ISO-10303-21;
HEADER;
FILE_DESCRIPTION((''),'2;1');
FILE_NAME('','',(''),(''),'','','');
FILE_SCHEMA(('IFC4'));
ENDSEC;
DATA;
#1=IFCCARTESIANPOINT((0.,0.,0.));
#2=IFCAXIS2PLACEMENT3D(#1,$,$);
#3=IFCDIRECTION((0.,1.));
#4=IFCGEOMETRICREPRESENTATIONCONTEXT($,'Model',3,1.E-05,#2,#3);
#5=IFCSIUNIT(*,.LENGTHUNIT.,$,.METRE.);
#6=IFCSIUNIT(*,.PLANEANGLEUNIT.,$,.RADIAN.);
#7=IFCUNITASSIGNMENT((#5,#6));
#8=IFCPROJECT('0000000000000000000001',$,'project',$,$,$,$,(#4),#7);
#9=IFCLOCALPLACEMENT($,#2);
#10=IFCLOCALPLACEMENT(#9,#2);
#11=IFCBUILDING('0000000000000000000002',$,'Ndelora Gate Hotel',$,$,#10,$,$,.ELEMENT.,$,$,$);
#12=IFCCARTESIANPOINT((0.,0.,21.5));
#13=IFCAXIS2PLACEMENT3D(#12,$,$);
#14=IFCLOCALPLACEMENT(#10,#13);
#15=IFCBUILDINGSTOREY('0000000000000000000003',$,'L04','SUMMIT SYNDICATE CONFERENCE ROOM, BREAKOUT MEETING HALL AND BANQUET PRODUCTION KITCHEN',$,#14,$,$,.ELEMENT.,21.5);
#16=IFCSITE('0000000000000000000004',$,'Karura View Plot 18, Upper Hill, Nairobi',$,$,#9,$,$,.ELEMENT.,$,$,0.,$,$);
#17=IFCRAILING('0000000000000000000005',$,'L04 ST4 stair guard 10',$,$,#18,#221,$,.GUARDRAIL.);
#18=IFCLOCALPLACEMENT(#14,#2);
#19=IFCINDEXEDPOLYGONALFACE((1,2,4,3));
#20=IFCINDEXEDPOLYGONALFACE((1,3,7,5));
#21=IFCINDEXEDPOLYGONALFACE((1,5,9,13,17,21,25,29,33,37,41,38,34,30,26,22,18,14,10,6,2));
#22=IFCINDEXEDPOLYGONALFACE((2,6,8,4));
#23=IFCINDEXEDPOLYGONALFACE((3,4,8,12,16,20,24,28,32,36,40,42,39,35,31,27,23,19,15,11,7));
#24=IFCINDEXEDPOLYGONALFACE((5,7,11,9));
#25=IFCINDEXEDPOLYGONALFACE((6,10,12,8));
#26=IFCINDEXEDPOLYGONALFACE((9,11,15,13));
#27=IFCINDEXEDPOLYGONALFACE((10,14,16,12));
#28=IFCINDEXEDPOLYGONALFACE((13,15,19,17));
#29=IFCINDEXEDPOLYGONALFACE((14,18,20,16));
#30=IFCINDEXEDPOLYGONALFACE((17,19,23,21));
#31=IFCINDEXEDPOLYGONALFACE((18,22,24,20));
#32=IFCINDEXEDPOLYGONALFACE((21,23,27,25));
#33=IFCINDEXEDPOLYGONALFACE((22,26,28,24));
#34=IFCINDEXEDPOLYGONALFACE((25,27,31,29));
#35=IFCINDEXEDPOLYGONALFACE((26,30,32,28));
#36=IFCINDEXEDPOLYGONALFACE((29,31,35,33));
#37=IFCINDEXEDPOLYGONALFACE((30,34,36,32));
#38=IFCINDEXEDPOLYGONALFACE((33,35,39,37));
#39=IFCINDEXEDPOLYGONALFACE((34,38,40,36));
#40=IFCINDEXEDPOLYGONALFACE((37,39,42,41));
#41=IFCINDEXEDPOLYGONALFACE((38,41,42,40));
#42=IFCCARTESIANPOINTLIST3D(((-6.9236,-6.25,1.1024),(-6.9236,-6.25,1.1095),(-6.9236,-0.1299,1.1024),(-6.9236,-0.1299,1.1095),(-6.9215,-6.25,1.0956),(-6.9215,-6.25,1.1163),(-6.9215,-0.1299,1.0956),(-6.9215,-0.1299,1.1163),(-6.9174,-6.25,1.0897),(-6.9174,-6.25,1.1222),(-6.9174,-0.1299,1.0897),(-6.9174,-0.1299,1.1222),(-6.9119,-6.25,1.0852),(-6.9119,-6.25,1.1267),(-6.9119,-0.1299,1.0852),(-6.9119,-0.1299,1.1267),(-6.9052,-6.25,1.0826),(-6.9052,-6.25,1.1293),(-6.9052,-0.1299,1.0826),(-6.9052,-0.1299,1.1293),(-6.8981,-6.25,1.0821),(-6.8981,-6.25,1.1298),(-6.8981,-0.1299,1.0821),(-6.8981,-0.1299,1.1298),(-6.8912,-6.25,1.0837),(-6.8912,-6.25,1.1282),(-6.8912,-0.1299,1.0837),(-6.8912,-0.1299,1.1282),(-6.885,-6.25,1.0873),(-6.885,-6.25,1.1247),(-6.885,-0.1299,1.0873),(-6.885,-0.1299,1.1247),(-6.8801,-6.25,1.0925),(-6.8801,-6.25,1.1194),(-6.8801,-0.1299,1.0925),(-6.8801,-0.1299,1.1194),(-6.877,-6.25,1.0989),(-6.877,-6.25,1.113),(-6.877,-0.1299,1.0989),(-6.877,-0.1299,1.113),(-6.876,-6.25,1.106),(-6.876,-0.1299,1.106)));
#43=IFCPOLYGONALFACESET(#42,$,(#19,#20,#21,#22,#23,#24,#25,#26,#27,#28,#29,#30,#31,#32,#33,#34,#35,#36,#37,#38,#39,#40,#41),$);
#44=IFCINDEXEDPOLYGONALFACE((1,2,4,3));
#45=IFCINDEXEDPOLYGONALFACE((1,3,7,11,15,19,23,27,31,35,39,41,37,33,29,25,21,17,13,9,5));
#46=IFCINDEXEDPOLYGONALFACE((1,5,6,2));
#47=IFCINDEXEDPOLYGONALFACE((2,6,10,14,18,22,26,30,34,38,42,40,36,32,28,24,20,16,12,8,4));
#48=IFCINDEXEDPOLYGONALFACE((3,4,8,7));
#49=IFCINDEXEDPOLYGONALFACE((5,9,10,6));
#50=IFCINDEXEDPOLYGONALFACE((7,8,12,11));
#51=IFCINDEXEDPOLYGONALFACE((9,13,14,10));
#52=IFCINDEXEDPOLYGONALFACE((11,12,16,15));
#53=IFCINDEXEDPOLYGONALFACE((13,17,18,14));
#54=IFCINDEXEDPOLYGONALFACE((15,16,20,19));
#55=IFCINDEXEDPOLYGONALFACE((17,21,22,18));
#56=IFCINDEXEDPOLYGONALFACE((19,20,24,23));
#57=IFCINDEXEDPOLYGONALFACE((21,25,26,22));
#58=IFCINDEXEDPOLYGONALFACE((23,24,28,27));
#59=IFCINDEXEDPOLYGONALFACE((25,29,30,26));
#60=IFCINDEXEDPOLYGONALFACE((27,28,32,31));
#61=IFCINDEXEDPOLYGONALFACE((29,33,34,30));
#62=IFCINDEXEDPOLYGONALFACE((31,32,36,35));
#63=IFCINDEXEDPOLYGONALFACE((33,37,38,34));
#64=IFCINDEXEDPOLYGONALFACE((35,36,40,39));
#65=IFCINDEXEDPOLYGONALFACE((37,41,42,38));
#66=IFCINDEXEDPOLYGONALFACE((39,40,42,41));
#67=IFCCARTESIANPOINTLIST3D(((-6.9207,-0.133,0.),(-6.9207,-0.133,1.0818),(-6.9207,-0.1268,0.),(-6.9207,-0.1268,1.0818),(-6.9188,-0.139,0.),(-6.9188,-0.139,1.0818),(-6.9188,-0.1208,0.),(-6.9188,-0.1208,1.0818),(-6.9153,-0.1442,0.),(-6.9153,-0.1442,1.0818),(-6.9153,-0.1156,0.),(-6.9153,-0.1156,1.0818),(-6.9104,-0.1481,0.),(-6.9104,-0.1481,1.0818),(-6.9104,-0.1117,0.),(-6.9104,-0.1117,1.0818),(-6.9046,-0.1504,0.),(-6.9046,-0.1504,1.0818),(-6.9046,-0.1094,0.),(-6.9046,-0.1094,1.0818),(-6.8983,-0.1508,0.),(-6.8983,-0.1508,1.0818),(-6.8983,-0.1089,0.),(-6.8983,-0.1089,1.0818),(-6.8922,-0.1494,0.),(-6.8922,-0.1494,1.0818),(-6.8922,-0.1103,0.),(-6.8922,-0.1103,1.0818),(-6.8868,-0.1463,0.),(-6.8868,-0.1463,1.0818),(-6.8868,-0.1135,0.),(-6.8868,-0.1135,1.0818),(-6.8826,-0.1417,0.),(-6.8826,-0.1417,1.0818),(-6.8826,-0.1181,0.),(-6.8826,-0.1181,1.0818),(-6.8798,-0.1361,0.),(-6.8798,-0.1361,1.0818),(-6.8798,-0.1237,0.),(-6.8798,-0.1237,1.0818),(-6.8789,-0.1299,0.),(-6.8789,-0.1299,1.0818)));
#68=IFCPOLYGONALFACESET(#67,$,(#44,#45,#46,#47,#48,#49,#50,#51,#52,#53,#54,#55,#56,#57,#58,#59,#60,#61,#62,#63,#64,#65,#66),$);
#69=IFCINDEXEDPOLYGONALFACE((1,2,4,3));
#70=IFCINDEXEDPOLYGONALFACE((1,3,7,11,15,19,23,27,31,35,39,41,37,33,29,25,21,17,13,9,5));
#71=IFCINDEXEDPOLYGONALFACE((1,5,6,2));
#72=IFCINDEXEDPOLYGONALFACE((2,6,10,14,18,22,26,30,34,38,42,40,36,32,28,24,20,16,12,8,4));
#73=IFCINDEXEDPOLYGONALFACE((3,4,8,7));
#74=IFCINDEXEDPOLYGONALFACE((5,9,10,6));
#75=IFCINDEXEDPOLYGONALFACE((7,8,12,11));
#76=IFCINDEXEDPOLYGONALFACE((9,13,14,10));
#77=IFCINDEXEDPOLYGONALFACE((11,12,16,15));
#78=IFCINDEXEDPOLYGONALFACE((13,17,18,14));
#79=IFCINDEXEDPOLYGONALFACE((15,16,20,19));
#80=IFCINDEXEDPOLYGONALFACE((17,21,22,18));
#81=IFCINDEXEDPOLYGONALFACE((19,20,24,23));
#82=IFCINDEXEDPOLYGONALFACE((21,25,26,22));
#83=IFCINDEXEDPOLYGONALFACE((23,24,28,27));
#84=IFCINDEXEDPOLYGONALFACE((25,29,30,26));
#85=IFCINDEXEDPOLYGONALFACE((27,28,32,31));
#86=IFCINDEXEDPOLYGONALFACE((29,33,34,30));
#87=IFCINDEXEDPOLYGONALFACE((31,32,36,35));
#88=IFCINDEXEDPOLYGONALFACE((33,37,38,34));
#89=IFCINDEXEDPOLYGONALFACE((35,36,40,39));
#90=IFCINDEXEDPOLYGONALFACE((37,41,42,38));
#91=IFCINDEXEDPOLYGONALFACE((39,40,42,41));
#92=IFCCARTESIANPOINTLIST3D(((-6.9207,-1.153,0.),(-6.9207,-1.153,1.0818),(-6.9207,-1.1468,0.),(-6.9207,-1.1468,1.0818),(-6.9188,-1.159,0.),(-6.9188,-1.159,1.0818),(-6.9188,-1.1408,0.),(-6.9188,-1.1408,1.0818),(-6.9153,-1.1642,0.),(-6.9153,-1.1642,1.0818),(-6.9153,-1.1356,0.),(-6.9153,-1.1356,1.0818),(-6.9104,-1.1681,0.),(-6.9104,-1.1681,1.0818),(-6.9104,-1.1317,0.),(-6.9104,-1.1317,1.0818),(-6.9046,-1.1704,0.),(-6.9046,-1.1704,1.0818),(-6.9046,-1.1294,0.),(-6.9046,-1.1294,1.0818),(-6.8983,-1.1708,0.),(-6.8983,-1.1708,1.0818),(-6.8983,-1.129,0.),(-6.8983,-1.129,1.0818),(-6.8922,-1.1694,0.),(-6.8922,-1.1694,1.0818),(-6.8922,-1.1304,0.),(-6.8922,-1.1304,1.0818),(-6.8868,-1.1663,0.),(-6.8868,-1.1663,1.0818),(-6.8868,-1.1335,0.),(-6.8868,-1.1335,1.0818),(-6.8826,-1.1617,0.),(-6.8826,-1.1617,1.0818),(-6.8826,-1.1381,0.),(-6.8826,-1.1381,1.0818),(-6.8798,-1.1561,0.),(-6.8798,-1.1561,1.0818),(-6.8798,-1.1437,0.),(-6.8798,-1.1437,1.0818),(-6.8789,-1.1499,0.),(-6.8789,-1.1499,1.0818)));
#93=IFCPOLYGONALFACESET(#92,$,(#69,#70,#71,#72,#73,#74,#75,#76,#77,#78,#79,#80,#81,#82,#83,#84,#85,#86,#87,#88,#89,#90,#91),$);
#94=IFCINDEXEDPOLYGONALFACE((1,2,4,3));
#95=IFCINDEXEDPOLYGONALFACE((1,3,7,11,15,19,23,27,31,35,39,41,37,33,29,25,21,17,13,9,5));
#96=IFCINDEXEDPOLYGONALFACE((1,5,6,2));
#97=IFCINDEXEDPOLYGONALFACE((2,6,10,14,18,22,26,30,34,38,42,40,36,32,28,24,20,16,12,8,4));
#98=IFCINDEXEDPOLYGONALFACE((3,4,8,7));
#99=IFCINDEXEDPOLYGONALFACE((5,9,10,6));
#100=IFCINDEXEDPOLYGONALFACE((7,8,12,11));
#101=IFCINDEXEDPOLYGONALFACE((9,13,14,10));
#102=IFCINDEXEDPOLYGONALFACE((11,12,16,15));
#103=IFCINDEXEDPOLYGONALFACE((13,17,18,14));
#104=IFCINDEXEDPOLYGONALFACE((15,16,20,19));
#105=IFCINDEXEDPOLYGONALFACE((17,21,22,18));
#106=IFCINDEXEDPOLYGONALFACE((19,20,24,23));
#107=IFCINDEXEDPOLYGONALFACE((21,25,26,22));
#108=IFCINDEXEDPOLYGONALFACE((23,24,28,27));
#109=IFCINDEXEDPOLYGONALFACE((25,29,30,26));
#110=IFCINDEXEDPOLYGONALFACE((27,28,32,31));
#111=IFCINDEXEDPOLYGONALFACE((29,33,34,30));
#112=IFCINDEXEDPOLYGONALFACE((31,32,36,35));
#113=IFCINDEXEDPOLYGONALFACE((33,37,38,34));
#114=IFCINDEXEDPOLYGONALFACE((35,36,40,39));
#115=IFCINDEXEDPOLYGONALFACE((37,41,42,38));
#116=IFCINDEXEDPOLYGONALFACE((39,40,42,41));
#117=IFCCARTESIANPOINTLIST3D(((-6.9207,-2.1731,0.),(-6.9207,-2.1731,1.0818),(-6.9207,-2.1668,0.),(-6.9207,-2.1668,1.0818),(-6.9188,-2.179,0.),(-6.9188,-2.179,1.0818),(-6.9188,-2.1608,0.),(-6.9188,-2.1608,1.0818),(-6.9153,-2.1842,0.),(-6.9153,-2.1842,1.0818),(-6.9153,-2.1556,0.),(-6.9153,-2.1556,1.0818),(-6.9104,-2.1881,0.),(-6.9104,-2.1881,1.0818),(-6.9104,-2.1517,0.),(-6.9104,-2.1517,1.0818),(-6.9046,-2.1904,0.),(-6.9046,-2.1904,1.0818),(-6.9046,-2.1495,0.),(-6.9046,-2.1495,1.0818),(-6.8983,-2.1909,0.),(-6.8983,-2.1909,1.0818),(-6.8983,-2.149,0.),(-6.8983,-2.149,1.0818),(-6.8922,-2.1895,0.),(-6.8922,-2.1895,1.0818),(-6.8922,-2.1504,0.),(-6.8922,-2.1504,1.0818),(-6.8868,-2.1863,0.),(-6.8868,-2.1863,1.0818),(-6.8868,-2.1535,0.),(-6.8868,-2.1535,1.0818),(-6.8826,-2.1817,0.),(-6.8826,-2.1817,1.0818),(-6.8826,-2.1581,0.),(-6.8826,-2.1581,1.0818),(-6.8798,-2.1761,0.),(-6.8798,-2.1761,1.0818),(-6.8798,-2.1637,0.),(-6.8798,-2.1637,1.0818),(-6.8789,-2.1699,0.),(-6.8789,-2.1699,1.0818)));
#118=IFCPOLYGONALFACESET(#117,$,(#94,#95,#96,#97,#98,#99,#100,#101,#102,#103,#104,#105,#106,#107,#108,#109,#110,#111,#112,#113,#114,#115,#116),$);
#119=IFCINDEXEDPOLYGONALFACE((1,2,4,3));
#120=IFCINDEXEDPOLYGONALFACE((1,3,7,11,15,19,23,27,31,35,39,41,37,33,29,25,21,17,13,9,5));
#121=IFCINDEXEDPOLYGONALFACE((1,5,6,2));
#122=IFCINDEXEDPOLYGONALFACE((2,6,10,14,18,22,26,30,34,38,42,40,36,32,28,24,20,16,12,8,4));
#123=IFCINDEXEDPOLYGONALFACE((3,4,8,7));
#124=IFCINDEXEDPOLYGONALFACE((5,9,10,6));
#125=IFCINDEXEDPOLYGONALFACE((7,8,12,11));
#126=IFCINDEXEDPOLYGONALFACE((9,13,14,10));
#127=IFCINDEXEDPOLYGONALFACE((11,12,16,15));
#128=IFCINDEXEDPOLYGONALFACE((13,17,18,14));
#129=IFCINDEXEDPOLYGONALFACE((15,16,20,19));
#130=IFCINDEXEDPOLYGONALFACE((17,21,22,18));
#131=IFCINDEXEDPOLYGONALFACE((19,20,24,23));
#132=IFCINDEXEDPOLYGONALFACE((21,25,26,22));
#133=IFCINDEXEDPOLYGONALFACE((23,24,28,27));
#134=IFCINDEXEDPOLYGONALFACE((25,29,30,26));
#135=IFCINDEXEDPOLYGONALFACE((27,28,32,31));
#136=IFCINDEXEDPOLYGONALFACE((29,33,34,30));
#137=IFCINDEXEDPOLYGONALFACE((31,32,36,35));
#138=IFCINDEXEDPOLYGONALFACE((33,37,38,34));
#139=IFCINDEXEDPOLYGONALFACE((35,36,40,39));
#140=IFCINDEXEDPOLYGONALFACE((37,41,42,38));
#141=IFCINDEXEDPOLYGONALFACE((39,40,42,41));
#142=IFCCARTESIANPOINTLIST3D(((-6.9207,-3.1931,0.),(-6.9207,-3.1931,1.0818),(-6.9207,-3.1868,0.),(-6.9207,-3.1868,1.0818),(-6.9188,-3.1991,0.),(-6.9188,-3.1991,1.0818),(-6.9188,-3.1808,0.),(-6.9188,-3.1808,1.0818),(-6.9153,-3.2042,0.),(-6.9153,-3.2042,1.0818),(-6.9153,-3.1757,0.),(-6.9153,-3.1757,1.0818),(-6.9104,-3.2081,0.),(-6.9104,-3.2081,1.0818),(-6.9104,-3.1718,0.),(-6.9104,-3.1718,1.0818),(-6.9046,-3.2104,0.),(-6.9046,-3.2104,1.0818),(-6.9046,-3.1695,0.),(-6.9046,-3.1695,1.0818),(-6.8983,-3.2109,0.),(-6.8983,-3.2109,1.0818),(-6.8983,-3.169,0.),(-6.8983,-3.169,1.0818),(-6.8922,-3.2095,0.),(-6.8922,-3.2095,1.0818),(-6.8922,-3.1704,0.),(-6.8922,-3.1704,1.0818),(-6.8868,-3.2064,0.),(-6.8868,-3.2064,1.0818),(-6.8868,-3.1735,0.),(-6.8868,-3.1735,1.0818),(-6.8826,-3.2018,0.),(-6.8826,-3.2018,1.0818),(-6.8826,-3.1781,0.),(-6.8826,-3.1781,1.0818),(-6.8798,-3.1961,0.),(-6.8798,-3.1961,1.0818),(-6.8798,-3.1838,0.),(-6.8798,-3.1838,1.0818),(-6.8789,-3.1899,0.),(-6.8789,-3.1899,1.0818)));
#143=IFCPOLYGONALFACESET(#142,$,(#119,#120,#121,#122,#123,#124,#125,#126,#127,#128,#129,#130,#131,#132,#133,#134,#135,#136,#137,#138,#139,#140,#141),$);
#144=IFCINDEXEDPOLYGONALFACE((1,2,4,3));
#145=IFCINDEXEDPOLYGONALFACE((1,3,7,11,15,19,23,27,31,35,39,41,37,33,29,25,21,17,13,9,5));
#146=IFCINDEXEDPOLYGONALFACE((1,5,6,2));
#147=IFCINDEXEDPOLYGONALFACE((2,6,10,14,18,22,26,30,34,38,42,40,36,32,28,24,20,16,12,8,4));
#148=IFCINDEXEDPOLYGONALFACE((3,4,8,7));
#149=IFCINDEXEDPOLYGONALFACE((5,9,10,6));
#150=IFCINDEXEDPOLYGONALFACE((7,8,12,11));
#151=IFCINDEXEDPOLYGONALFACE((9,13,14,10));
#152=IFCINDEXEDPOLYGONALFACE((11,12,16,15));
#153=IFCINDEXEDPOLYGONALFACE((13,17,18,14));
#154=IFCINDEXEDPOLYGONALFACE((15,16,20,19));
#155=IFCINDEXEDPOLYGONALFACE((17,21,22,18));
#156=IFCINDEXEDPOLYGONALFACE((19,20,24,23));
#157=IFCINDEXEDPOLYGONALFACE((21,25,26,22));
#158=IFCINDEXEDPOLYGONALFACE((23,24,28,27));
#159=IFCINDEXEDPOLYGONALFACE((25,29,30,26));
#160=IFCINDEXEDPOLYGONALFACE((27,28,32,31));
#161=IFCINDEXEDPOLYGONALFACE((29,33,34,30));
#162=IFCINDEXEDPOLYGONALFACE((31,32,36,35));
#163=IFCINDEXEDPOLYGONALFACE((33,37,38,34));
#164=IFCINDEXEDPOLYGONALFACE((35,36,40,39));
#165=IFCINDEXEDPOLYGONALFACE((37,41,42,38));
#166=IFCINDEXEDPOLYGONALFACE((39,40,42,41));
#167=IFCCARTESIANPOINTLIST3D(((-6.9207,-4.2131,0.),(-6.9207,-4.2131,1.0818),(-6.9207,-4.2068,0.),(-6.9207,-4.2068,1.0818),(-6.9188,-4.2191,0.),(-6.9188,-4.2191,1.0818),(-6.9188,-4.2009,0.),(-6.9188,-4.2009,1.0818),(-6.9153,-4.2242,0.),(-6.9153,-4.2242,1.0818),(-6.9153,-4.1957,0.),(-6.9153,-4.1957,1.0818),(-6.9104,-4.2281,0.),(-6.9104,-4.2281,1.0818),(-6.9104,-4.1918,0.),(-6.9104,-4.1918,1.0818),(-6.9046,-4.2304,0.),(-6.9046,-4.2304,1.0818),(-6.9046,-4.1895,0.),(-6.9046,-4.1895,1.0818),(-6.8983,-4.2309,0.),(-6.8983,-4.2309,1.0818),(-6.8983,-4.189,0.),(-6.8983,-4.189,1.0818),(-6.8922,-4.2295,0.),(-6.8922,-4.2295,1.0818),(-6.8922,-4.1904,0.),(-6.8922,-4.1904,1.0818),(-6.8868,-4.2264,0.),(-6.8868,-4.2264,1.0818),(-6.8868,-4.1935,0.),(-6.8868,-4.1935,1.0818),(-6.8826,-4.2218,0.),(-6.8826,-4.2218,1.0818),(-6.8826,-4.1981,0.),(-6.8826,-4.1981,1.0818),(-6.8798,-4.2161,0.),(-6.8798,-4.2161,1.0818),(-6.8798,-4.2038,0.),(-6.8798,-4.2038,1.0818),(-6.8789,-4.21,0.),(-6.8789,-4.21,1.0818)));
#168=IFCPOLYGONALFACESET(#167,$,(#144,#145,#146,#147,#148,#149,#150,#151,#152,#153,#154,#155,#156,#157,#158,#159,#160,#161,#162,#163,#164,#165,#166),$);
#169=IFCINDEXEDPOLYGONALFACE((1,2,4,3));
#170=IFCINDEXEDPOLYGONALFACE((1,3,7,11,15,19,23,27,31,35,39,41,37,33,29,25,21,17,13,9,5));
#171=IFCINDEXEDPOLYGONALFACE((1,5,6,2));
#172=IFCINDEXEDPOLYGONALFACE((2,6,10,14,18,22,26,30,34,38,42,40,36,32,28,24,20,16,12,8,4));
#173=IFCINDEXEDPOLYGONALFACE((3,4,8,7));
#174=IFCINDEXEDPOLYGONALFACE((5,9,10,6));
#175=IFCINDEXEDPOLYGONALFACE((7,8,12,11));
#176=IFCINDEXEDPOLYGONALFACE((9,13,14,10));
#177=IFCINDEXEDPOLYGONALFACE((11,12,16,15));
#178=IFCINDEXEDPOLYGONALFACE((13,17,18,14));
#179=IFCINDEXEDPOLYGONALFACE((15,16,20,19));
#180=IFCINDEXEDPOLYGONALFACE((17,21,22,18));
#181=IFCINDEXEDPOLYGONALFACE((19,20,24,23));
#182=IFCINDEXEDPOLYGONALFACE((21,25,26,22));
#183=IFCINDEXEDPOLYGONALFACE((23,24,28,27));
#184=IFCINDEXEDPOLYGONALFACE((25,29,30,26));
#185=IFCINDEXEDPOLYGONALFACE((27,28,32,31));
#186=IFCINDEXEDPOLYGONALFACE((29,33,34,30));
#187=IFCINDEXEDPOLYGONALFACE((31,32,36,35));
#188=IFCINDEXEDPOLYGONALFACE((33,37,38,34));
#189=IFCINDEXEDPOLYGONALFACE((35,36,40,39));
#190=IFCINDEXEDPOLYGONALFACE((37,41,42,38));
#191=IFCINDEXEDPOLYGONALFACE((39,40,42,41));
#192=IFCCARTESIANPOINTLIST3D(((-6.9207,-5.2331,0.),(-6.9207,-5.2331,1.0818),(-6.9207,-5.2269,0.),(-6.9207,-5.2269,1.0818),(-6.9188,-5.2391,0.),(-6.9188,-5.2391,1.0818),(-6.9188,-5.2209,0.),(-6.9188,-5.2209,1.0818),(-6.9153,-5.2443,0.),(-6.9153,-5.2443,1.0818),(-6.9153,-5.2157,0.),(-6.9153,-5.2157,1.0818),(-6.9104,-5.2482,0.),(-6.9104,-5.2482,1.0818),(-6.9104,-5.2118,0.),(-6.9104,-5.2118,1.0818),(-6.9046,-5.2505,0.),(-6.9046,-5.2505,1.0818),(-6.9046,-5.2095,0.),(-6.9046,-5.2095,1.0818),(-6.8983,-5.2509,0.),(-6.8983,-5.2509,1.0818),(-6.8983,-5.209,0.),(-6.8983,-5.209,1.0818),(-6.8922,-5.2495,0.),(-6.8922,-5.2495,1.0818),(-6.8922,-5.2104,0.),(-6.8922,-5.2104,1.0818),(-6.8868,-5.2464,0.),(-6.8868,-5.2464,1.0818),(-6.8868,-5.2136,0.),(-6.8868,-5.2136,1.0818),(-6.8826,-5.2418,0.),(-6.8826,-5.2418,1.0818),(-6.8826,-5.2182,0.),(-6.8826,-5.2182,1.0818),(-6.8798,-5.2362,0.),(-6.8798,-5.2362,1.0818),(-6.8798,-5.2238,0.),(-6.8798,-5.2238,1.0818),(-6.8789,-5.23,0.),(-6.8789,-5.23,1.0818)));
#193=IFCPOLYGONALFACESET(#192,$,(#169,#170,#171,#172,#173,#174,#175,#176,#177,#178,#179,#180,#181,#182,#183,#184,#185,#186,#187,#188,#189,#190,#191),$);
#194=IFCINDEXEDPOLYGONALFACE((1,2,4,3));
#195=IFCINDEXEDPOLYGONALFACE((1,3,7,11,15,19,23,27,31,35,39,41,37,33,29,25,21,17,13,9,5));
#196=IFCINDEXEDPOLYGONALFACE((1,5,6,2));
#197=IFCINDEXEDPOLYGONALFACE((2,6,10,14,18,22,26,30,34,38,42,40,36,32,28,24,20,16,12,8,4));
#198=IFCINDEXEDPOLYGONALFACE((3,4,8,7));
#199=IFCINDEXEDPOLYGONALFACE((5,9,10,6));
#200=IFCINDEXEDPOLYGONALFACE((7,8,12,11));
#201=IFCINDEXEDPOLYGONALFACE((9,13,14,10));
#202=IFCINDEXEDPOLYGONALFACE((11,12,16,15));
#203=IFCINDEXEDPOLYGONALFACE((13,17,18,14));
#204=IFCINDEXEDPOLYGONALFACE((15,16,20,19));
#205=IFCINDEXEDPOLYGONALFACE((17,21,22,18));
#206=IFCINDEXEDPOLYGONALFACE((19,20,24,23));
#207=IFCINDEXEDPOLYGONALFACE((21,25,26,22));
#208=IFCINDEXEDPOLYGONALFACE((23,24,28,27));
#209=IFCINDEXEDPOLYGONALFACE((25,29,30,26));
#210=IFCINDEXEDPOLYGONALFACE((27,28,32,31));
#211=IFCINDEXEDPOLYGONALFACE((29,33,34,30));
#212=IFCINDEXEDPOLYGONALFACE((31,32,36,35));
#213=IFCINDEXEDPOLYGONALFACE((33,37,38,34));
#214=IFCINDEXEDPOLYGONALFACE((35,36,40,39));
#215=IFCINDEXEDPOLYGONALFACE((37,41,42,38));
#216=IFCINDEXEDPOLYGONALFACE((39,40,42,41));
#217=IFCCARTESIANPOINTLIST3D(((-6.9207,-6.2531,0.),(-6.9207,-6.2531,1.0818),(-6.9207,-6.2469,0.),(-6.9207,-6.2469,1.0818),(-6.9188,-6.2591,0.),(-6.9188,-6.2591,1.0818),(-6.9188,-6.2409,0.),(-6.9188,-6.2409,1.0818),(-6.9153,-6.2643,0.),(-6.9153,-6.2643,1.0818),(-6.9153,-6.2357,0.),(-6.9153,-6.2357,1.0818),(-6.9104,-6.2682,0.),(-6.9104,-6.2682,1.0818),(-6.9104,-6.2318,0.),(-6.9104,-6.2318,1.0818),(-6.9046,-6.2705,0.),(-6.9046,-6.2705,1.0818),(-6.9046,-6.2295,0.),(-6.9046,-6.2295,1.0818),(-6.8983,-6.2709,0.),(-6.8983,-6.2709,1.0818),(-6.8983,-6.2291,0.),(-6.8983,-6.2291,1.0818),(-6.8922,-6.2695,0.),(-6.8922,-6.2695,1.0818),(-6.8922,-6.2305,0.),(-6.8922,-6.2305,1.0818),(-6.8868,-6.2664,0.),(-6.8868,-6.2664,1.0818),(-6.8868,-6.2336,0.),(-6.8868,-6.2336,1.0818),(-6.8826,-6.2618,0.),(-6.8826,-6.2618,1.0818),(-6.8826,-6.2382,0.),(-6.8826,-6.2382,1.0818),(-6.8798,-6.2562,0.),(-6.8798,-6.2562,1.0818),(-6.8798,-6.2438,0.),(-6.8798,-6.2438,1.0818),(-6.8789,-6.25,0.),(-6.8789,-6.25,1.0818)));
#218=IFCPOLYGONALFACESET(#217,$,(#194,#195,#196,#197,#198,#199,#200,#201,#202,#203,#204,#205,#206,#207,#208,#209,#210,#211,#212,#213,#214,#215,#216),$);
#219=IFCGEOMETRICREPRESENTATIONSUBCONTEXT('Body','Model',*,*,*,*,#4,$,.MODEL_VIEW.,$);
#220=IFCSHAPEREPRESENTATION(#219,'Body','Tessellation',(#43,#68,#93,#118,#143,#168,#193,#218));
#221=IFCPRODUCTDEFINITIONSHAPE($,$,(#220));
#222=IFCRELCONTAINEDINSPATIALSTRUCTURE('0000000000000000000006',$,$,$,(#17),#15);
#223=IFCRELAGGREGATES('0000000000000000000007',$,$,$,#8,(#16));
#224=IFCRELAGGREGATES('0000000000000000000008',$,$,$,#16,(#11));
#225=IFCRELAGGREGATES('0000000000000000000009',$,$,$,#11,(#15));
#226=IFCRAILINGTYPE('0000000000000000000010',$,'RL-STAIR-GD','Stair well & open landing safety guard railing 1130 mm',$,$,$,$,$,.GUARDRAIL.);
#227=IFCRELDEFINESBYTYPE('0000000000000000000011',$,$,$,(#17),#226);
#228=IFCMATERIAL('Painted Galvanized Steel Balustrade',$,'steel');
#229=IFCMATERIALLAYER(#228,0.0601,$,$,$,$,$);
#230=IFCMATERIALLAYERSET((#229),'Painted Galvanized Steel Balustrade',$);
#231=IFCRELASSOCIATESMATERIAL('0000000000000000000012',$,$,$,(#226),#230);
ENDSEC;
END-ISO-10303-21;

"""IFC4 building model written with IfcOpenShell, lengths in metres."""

from ifc_helpers import new_model, si_unit, direction, frame, origin, origin_2d, place, context, subcontext, project, spatial, circle, extrude, material, layer, layer_set, type_object, element, save


model = new_model("IFC4")

# Units and contexts
model_context = context("Model", 3, precision=1e-05, world=origin(), true_north=direction((0.0, 1.0)))
body_context = subcontext(model_context, "Body", "Model", "MODEL_VIEW")
ifc_project = project(units=[si_unit("LENGTHUNIT", "METRE"), si_unit("PLANEANGLEUNIT", "RADIAN")], contexts=[model_context])

# Site, building, storey
site_placement = place(None, origin())
site = spatial("IfcSite", under=ifc_project, at=site_placement, Name="Karura View Plot 18, Upper Hill, Nairobi", CompositionType="ELEMENT", RefElevation=0.0)
building_placement = place(site_placement, origin())
building = spatial("IfcBuilding", under=site, at=building_placement, Name="Ndelora Gate Hotel", CompositionType="ELEMENT")
storey_placement = place(building_placement, frame((0.0, 0.0, 21.5)))
storey = spatial("IfcBuildingStorey", under=building, at=storey_placement, Name="L04", Description="SUMMIT SYNDICATE CONFERENCE ROOM, BREAKOUT MEETING HALL AND BANQUET PRODUCTION KITCHEN", CompositionType="ELEMENT", Elevation=21.5)

# Railing
ifc_material_1 = material(Name="Painted Galvanized Steel Balustrade", Category="steel")
ifc_layer_1 = layer(ifc_material_1, 0.0601)
ifc_layer_set_1 = layer_set([ifc_layer_1], Name="Painted Galvanized Steel Balustrade")
railing_type_1 = type_object("IfcRailingType", Name="RL-STAIR-GD", Description="Stair well & open landing safety guard railing 1130 mm", PredefinedType="GUARDRAIL", material=ifc_layer_set_1)
railing_1_placement = place(storey_placement, frame((-6.8999, -0.1299, 0.0)))
element("IfcRailing", 1, at=railing_1_placement, inside=storey, type_object=railing_type_1, Name="L04 ST4 stair guard 10", PredefinedType="GUARDRAIL", context=body_context, shape_type="SweptSolid", body=[
    extrude(circle(Radius=0.0239, at=origin_2d()), frame((0.0, 0.0, 1.106), z_axis=(0.0, -1.0, 0.0), x_axis=(1.0, 0.0, 0.0)), (0.0, 0.0, 1.0), 6.1201),
    extrude(circle(Radius=0.021, at=origin_2d()), origin(), (0.0, 0.0, 1.0), 1.0818),
    extrude(circle(Radius=0.021, at=origin_2d()), frame((0.0, -1.02, 0.0)), (0.0, 0.0, 1.0), 1.0818),
    extrude(circle(Radius=0.021, at=origin_2d()), frame((0.0, -2.04, 0.0)), (0.0, 0.0, 1.0), 1.0818),
    extrude(circle(Radius=0.021, at=origin_2d()), frame((0.0, -3.0601, 0.0)), (0.0, 0.0, 1.0), 1.0818),
    extrude(circle(Radius=0.021, at=origin_2d()), frame((0.0, -4.0801, 0.0)), (0.0, 0.0, 1.0), 1.0818),
    extrude(circle(Radius=0.021, at=origin_2d()), frame((0.0, -5.1001, 0.0)), (0.0, 0.0, 1.0), 1.0818),
    extrude(circle(Radius=0.021, at=origin_2d()), frame((0.0, -6.1201, 0.0)), (0.0, 0.0, 1.0), 1.0818),
])

save(model, "model.ifc")
